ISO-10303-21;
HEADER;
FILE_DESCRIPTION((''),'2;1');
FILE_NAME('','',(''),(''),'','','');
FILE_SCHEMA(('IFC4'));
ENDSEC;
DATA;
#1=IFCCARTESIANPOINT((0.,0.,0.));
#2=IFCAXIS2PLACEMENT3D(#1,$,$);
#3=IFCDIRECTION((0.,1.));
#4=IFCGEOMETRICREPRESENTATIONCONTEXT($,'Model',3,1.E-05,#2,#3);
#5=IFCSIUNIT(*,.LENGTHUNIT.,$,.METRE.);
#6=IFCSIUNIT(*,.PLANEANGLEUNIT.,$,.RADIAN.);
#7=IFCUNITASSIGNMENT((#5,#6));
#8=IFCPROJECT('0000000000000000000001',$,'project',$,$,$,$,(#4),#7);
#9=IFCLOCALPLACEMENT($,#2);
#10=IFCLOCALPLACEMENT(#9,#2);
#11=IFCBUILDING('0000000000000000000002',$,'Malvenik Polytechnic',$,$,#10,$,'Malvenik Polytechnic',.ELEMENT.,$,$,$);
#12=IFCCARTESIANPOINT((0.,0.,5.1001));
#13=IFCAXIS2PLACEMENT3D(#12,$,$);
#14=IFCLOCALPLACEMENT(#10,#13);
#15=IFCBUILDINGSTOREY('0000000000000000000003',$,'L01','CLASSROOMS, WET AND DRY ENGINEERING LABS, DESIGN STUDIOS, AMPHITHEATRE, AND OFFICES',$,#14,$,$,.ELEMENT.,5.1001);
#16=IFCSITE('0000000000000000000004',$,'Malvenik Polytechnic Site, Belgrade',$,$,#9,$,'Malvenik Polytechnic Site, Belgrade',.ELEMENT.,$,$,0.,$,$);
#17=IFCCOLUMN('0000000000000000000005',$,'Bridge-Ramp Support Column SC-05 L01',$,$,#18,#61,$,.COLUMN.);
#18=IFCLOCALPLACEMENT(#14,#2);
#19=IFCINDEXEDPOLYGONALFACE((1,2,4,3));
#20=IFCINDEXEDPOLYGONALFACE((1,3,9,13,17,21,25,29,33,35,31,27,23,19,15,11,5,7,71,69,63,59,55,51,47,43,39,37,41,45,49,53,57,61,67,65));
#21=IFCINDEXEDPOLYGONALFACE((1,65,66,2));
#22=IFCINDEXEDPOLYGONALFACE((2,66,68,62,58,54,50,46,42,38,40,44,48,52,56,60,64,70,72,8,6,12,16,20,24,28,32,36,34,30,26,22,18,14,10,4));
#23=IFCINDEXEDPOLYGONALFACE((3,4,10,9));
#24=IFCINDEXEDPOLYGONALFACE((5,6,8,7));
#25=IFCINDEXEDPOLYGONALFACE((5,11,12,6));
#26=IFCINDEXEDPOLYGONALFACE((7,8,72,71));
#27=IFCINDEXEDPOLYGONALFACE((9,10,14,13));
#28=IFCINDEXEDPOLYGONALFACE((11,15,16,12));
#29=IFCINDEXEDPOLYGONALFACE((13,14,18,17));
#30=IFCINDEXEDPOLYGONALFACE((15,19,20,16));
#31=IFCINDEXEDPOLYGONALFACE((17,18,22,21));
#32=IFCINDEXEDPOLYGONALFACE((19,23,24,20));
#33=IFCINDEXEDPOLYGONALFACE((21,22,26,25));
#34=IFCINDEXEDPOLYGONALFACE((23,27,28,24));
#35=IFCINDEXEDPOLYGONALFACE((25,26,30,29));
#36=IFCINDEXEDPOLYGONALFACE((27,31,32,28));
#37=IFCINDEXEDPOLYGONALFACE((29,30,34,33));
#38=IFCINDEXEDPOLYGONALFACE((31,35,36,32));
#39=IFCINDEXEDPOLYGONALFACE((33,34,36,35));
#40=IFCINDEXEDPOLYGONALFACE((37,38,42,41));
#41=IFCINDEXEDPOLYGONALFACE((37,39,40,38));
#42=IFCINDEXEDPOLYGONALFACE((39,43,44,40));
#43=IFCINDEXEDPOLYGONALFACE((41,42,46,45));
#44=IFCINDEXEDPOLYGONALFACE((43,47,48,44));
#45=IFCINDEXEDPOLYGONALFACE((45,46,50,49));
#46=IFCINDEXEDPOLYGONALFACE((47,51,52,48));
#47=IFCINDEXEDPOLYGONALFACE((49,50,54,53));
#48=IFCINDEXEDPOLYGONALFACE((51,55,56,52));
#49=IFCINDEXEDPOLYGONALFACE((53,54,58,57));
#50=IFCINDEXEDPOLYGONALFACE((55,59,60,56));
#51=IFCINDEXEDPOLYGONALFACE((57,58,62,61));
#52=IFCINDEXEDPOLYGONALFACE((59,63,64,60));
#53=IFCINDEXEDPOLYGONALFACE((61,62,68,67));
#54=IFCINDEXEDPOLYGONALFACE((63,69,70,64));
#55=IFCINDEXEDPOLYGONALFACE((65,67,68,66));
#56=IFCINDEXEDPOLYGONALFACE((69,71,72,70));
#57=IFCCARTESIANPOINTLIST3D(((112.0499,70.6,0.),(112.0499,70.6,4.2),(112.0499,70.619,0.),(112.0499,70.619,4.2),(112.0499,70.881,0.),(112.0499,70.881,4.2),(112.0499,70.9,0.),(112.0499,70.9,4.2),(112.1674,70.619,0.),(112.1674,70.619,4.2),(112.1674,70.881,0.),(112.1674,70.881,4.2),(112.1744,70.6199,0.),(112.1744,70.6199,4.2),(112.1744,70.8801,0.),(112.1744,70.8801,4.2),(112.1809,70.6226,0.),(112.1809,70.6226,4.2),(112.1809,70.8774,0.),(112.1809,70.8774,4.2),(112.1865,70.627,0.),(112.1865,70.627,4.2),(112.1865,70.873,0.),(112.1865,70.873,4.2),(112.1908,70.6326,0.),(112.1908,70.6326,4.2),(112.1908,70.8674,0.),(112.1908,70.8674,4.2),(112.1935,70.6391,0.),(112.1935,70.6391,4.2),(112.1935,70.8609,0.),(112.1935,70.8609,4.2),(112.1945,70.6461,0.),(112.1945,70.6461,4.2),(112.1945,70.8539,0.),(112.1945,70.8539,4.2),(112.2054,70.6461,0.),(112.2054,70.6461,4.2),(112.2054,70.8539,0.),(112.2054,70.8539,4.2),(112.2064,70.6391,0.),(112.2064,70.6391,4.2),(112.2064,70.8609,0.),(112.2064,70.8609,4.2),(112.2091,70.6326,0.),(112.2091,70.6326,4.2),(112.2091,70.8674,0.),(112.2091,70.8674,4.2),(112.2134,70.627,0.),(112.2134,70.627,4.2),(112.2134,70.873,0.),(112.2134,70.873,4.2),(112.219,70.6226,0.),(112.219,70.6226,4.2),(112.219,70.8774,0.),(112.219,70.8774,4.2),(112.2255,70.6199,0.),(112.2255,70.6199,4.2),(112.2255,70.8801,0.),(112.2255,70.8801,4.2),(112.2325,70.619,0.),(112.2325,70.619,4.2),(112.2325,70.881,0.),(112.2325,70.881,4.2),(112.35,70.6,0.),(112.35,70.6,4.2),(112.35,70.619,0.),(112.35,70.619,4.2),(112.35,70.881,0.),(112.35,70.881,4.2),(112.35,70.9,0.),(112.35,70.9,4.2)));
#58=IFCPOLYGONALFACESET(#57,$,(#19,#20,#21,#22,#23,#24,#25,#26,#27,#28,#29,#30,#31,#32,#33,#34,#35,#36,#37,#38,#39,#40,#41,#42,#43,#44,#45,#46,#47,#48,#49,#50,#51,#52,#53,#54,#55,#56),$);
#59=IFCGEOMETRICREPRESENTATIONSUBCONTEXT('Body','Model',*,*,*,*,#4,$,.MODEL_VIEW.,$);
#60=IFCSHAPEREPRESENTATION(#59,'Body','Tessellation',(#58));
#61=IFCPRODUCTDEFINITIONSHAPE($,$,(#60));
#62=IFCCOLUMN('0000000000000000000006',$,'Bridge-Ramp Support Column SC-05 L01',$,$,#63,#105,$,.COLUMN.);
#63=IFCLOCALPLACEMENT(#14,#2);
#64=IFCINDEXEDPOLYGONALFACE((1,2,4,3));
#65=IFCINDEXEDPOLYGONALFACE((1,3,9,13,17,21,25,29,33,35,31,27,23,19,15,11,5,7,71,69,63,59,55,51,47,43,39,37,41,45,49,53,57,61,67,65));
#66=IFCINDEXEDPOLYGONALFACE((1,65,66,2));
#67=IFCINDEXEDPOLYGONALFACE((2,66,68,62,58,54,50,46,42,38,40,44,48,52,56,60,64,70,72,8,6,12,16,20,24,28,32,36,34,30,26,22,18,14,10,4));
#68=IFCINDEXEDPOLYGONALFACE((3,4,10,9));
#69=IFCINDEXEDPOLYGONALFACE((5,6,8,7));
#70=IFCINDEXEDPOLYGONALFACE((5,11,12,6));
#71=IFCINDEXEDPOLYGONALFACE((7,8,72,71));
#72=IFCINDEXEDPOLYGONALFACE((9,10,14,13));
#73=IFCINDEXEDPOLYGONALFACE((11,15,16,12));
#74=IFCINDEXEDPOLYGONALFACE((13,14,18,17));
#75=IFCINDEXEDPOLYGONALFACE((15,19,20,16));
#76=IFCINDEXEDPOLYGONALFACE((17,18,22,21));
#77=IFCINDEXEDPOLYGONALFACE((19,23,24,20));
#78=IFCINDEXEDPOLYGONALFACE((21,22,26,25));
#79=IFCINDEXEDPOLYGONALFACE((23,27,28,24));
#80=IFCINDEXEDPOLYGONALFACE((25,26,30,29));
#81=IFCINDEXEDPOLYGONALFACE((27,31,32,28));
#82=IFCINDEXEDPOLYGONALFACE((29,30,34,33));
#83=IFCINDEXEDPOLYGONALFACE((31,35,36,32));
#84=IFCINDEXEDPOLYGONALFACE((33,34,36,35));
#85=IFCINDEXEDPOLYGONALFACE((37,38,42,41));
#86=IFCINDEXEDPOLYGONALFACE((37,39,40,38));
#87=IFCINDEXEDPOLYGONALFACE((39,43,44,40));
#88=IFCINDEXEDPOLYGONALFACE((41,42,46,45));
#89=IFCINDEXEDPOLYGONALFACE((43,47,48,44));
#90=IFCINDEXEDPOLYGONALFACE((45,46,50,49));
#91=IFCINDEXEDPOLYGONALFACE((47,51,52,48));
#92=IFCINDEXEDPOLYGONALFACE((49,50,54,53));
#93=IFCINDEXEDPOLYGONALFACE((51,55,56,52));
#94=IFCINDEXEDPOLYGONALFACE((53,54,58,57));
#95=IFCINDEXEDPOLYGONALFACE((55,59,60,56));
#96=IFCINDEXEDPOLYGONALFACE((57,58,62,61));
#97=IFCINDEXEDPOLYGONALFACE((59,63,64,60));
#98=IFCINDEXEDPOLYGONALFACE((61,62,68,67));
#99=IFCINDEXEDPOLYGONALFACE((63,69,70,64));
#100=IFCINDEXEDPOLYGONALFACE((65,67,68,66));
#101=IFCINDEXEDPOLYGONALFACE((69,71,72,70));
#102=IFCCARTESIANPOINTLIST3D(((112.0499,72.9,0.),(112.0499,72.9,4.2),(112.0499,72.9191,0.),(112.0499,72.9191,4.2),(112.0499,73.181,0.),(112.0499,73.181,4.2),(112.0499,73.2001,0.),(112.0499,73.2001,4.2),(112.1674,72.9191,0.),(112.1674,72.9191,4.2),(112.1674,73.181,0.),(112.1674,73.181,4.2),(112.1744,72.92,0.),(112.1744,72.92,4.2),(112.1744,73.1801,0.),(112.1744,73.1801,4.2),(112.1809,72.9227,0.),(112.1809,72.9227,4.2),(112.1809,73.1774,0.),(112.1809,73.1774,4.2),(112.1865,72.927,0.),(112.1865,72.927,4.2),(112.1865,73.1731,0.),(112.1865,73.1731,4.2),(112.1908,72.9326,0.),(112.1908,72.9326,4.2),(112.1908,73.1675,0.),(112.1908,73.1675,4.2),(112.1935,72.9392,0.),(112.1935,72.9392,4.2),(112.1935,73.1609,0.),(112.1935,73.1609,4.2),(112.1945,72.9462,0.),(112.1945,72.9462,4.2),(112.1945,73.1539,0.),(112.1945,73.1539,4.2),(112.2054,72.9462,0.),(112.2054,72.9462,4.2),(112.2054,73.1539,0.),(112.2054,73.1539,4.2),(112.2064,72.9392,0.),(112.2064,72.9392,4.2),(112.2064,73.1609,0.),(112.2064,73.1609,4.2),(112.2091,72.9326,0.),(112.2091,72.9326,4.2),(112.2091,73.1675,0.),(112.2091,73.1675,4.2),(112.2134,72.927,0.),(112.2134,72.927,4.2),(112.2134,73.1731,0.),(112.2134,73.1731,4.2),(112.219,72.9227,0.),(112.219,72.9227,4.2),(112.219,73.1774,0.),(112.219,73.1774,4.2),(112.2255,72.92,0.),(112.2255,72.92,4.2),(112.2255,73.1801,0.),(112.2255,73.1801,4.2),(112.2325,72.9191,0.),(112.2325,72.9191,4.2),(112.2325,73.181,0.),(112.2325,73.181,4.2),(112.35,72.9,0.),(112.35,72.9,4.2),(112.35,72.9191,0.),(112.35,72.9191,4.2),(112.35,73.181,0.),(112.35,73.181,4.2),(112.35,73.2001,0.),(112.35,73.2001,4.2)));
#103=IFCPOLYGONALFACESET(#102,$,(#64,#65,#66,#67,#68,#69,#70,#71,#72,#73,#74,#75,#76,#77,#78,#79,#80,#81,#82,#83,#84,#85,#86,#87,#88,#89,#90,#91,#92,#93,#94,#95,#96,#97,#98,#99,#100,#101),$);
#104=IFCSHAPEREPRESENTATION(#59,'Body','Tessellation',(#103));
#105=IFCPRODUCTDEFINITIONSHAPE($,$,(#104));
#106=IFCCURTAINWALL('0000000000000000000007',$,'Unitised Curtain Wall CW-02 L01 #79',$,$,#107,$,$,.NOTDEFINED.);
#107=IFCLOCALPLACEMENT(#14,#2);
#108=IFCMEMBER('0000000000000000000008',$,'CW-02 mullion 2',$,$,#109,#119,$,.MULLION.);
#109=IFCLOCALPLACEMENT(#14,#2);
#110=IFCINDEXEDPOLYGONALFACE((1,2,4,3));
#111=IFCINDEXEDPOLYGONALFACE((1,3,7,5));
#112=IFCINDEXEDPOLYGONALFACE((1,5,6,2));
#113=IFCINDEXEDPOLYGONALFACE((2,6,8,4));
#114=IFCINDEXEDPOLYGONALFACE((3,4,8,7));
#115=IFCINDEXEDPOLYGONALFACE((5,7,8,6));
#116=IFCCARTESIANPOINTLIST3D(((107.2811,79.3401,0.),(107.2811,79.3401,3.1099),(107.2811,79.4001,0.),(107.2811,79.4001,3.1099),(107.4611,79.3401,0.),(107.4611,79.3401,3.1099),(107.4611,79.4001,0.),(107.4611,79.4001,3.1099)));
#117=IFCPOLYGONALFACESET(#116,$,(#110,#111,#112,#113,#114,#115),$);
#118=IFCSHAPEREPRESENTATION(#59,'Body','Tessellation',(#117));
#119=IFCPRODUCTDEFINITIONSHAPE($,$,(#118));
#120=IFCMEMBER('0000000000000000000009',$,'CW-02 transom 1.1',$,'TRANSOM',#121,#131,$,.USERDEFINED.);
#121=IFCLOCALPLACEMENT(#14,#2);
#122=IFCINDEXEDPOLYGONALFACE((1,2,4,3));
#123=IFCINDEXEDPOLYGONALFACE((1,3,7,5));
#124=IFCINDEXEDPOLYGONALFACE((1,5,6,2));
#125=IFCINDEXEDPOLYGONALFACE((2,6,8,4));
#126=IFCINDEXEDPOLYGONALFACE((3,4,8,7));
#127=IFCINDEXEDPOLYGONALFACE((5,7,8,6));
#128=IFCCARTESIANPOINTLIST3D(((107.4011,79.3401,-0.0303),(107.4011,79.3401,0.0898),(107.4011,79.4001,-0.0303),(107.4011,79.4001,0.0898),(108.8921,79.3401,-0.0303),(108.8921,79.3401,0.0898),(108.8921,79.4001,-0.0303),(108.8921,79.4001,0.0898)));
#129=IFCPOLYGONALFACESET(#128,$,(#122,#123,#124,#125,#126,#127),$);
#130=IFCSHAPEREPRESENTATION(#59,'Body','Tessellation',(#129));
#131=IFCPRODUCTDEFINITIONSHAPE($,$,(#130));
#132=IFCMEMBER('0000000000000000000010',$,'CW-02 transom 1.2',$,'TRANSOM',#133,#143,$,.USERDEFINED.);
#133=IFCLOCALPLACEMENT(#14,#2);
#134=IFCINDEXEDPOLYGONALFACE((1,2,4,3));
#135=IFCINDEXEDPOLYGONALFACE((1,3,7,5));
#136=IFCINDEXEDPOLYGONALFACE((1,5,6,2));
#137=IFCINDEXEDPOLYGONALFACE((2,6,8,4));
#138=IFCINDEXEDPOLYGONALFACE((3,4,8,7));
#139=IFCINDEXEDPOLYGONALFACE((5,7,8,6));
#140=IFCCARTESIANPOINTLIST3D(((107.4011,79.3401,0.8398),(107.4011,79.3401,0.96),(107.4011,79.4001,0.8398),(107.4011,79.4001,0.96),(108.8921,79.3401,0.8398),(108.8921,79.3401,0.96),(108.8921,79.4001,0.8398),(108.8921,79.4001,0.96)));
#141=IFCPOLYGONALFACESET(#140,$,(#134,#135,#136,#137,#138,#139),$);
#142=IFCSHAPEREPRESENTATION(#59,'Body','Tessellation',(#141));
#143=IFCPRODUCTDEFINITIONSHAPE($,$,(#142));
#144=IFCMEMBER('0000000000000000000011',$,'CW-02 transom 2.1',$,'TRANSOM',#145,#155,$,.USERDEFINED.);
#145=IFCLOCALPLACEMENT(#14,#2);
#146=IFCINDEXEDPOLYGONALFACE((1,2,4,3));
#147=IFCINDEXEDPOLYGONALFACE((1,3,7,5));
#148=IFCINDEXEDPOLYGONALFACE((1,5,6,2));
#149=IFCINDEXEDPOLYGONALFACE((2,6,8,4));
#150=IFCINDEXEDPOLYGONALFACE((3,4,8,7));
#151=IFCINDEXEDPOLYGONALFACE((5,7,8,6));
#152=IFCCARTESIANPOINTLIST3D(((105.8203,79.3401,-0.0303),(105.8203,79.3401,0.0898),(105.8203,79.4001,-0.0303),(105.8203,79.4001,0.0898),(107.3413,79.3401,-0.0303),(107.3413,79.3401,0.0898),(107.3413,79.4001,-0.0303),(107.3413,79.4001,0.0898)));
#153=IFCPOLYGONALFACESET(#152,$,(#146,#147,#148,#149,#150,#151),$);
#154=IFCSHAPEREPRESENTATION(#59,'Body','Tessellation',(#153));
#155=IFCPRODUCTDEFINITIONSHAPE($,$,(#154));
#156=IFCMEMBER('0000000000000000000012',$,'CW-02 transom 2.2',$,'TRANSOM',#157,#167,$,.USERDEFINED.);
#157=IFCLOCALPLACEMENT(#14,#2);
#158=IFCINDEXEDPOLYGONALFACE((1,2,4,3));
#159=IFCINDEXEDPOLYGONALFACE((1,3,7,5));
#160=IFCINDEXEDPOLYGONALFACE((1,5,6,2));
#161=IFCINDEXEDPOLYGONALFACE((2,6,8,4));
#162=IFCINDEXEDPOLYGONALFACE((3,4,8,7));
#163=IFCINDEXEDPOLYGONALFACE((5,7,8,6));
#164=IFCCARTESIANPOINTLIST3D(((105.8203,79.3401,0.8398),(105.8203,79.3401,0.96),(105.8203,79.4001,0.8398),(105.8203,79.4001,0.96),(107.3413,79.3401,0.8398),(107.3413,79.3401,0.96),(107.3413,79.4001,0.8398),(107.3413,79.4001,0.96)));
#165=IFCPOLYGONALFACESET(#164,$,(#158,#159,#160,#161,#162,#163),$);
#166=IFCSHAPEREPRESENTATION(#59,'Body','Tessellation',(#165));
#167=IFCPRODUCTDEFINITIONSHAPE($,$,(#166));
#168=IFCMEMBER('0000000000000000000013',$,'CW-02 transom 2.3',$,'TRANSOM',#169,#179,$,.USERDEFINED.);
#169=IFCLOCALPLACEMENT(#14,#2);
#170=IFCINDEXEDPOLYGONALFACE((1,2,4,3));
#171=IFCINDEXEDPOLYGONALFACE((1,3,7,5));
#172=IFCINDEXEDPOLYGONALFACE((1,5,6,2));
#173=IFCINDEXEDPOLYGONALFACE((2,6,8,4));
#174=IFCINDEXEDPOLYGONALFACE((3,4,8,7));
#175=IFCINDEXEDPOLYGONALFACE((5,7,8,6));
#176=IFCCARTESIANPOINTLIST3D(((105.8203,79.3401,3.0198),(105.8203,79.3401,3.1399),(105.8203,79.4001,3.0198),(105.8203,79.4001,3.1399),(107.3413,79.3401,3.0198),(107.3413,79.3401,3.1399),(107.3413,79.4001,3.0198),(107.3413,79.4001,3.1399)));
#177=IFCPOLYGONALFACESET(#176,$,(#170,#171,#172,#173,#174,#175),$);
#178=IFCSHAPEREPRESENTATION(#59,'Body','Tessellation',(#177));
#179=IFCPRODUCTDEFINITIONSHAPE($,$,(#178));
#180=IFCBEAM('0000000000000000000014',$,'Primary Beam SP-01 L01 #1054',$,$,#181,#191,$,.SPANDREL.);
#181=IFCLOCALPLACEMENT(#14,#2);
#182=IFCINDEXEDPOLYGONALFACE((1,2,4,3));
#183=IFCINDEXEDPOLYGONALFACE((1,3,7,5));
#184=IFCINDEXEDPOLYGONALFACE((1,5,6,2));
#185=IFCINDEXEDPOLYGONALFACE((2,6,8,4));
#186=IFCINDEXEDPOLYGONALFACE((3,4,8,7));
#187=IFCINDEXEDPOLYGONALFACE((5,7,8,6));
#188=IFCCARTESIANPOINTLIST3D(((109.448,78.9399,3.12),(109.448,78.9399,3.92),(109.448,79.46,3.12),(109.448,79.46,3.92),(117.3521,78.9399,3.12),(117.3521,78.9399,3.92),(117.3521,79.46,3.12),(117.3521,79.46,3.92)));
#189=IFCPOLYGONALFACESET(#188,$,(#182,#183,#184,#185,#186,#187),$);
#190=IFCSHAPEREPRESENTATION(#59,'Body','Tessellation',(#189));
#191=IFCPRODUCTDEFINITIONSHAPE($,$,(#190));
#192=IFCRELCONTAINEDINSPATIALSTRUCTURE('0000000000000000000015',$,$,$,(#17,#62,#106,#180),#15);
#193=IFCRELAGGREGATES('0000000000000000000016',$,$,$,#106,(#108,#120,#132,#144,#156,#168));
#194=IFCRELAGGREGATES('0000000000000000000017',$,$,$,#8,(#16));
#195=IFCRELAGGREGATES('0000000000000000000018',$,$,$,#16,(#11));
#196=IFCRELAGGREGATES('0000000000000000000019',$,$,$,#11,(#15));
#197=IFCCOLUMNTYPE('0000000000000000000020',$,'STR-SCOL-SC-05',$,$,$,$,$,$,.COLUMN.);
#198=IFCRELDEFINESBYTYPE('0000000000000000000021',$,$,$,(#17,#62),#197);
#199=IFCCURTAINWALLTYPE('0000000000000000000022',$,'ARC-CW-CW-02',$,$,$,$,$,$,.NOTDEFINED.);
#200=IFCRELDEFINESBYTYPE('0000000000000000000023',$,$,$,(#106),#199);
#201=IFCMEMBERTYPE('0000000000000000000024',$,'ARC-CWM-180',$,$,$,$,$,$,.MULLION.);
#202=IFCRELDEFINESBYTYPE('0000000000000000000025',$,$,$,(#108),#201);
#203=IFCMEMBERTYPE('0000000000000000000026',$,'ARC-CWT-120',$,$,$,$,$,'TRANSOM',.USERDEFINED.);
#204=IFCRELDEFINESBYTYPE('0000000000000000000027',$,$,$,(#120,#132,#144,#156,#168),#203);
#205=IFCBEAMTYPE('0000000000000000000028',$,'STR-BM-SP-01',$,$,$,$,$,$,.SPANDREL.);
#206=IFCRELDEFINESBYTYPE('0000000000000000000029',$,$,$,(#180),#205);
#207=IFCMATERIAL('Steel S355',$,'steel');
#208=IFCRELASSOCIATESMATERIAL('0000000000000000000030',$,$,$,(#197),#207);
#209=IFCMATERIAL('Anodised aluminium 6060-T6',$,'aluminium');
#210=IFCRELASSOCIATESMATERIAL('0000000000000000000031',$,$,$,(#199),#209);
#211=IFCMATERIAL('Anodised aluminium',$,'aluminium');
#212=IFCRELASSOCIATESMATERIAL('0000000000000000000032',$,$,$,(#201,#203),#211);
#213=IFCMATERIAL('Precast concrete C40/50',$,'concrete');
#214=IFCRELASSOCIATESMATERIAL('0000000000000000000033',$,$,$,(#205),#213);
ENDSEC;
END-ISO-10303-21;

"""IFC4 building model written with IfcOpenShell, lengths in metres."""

from ifc_helpers import new_model, si_unit, direction, frame, origin, origin_2d, place, context, subcontext, project, spatial, rectangle, i_section, extrude, material, material_profile, profile_set, type_object, element, aggregate, save


model = new_model("IFC4")

# Units and contexts
model_context = context("Model", 3, precision=1e-05, world=origin(), true_north=direction((0.0, 1.0)))
body_context = subcontext(model_context, "Body", "Model", "MODEL_VIEW")
ifc_project = project(units=[si_unit("LENGTHUNIT", "METRE"), si_unit("PLANEANGLEUNIT", "RADIAN")], contexts=[model_context])

# Site, building, storey
site_placement = place(None, origin())
site = spatial("IfcSite", under=ifc_project, at=site_placement, Name="Malvenik Polytechnic Site, Belgrade", LongName="Malvenik Polytechnic Site, Belgrade", CompositionType="ELEMENT", RefElevation=0.0)
building_placement = place(site_placement, origin())
building = spatial("IfcBuilding", under=site, at=building_placement, Name="Malvenik Polytechnic", LongName="Malvenik Polytechnic", CompositionType="ELEMENT")
storey_placement = place(building_placement, frame((0.0, 0.0, 5.1001)))
storey = spatial("IfcBuildingStorey", under=building, at=storey_placement, Name="L01", Description="CLASSROOMS, WET AND DRY ENGINEERING LABS, DESIGN STUDIOS, AMPHITHEATRE, AND OFFICES", CompositionType="ELEMENT", Elevation=5.1001)

# Columns
ifc_material_1 = material(Name="Steel S355", Category="steel")
ifc_material_profile_1 = material_profile(ifc_material_1, i_section(OverallWidth=0.3, OverallDepth=0.3, WebThickness=0.011, FlangeThickness=0.019, FilletRadius=0.0271, at=origin_2d()), Name="HEB 300")
ifc_profile_set_1 = profile_set([ifc_material_profile_1], Name="Steel S355")
column_type_1 = type_object("IfcColumnType", Name="STR-SCOL-SC-05", PredefinedType="COLUMN", material=ifc_profile_set_1)
for number, where, z_axis, x_axis, name in (
    (1, (112.2, 70.75, 0.0), (0.0, 0.0, 1.0), (1.0, 0.0, 0.0), "Bridge-Ramp Support Column SC-05 L01"),
    (2, (112.2, 73.05, 0.0), (0.0, 0.0, 1.0), (1.0, 0.0, 0.0), "Bridge-Ramp Support Column SC-05 L01"),
):
    element("IfcColumn", number, at=place(storey_placement, frame(where, z_axis=z_axis, x_axis=x_axis)), inside=storey, type_object=column_type_1, Name=name, PredefinedType="COLUMN", context=body_context, shape_type="SweptSolid", body=[
        extrude(i_section(OverallWidth=0.3, OverallDepth=0.3, WebThickness=0.011, FlangeThickness=0.019, FilletRadius=0.0271, at=origin_2d()), origin(), (0.0, 0.0, 1.0), 4.2),
    ])

# Curtain wall, members
ifc_material_2 = material(Name="Anodised aluminium 6060-T6", Category="aluminium")
curtain_wall_type = type_object("IfcCurtainWallType", Name="ARC-CW-CW-02", PredefinedType="NOTDEFINED", material=ifc_material_2)
curtain_wall_placement = place(storey_placement, origin())
curtain_wall = element("IfcCurtainWall", 3, at=curtain_wall_placement, inside=storey, type_object=curtain_wall_type, Name="Unitised Curtain Wall CW-02 L01 #79", PredefinedType="NOTDEFINED")
ifc_material_3 = material(Name="Anodised aluminium", Category="aluminium")
ifc_material_profile_2 = material_profile(ifc_material_3, rectangle(XDim=0.0601, YDim=0.1799, at=origin_2d()), Name="ALU MULLION 60x180")
ifc_profile_set_2 = profile_set([ifc_material_profile_2], Name="Anodised aluminium")
member_type_1 = type_object("IfcMemberType", Name="ARC-CWM-180", PredefinedType="MULLION", material=ifc_profile_set_2)
member_1_placement = place(storey_placement, frame((107.3711, 79.3701, 0.0), z_axis=(0.0, 0.0, 1.0), x_axis=(0.0, -1.0, 0.0)))
member_1 = element("IfcMember", 4, at=member_1_placement, type_object=member_type_1, Name="CW-02 mullion 2", PredefinedType="MULLION", context=body_context, shape_type="SweptSolid", body=[
    extrude(rectangle(XDim=0.0601, YDim=0.1799, at=origin_2d()), origin(), (0.0, 0.0, 1.0), 3.1099),
])
ifc_material_profile_3 = material_profile(ifc_material_3, rectangle(XDim=0.0601, YDim=0.1201, at=origin_2d()), Name="ALU TRANSOM 60x120")
ifc_profile_set_3 = profile_set([ifc_material_profile_3], Name="Anodised aluminium")
member_type_2 = type_object("IfcMemberType", Name="ARC-CWT-120", ElementType="TRANSOM", PredefinedType="USERDEFINED", material=ifc_profile_set_3)
member_2_placement = place(storey_placement, frame((108.8921, 79.3701, 0.0298), z_axis=(-1.0, 0.0, 0.0), x_axis=(0.0, -1.0, 0.0)))
member_2 = element("IfcMember", 5, at=member_2_placement, type_object=member_type_2, Name="CW-02 transom 1.1", ObjectType="TRANSOM", PredefinedType="USERDEFINED", context=body_context, shape_type="SweptSolid", body=[
    extrude(rectangle(XDim=0.0601, YDim=0.1201, at=origin_2d()), origin(), (0.0, 0.0, 1.0), 1.491),
])
member_3_placement = place(storey_placement, frame((108.8921, 79.3701, 0.8999), z_axis=(-1.0, 0.0, 0.0), x_axis=(0.0, -1.0, 0.0)))
member_3 = element("IfcMember", 6, at=member_3_placement, type_object=member_type_2, Name="CW-02 transom 1.2", ObjectType="TRANSOM", PredefinedType="USERDEFINED", context=body_context, shape_type="SweptSolid", body=[
    extrude(rectangle(XDim=0.0601, YDim=0.1201, at=origin_2d()), origin(), (0.0, 0.0, 1.0), 1.491),
])
member_4_placement = place(storey_placement, frame((107.3413, 79.3701, 0.0298), z_axis=(-1.0, 0.0, 0.0), x_axis=(0.0, -1.0, 0.0)))
member_4 = element("IfcMember", 7, at=member_4_placement, type_object=member_type_2, Name="CW-02 transom 2.1", ObjectType="TRANSOM", PredefinedType="USERDEFINED", context=body_context, shape_type="SweptSolid", body=[
    extrude(rectangle(XDim=0.0601, YDim=0.1201, at=origin_2d()), origin(), (0.0, 0.0, 1.0), 1.521),
])
member_5_placement = place(storey_placement, frame((107.3413, 79.3701, 0.8999), z_axis=(-1.0, 0.0, 0.0), x_axis=(0.0, -1.0, 0.0)))
member_5 = element("IfcMember", 8, at=member_5_placement, type_object=member_type_2, Name="CW-02 transom 2.2", ObjectType="TRANSOM", PredefinedType="USERDEFINED", context=body_context, shape_type="SweptSolid", body=[
    extrude(rectangle(XDim=0.0601, YDim=0.1201, at=origin_2d()), origin(), (0.0, 0.0, 1.0), 1.521),
])
member_6_placement = place(storey_placement, frame((107.3413, 79.3701, 3.0798), z_axis=(-1.0, 0.0, 0.0), x_axis=(0.0, -1.0, 0.0)))
member_6 = element("IfcMember", 9, at=member_6_placement, type_object=member_type_2, Name="CW-02 transom 2.3", ObjectType="TRANSOM", PredefinedType="USERDEFINED", context=body_context, shape_type="SweptSolid", body=[
    extrude(rectangle(XDim=0.0601, YDim=0.1201, at=origin_2d()), origin(), (0.0, 0.0, 1.0), 1.521),
])

# Beam
ifc_material_4 = material(Name="Precast concrete C40/50", Category="concrete")
ifc_material_profile_4 = material_profile(ifc_material_4, rectangle(XDim=0.52, YDim=0.8, at=origin_2d()), Name="PC SPN 520x800")
ifc_profile_set_4 = profile_set([ifc_material_profile_4], Name="Precast concrete C40/50")
beam_type = type_object("IfcBeamType", Name="STR-BM-SP-01", PredefinedType="SPANDREL", material=ifc_profile_set_4)
for number, where, z_axis, x_axis, name in (
    (10, (109.448, 79.2, 3.52), (1.0, 0.0, 0.0), (0.0, 1.0, 0.0), "Primary Beam SP-01 L01 #1054"),
):
    element("IfcBeam", number, at=place(storey_placement, frame(where, z_axis=z_axis, x_axis=x_axis)), inside=storey, type_object=beam_type, Name=name, PredefinedType="SPANDREL", context=body_context, shape_type="SweptSolid", body=[
        extrude(rectangle(XDim=0.52, YDim=0.8, at=origin_2d()), origin(), (0.0, 0.0, 1.0), 7.9041),
    ])

aggregate(curtain_wall, [member_1, member_2, member_3, member_4, member_5, member_6])

save(model, "model.ifc")
